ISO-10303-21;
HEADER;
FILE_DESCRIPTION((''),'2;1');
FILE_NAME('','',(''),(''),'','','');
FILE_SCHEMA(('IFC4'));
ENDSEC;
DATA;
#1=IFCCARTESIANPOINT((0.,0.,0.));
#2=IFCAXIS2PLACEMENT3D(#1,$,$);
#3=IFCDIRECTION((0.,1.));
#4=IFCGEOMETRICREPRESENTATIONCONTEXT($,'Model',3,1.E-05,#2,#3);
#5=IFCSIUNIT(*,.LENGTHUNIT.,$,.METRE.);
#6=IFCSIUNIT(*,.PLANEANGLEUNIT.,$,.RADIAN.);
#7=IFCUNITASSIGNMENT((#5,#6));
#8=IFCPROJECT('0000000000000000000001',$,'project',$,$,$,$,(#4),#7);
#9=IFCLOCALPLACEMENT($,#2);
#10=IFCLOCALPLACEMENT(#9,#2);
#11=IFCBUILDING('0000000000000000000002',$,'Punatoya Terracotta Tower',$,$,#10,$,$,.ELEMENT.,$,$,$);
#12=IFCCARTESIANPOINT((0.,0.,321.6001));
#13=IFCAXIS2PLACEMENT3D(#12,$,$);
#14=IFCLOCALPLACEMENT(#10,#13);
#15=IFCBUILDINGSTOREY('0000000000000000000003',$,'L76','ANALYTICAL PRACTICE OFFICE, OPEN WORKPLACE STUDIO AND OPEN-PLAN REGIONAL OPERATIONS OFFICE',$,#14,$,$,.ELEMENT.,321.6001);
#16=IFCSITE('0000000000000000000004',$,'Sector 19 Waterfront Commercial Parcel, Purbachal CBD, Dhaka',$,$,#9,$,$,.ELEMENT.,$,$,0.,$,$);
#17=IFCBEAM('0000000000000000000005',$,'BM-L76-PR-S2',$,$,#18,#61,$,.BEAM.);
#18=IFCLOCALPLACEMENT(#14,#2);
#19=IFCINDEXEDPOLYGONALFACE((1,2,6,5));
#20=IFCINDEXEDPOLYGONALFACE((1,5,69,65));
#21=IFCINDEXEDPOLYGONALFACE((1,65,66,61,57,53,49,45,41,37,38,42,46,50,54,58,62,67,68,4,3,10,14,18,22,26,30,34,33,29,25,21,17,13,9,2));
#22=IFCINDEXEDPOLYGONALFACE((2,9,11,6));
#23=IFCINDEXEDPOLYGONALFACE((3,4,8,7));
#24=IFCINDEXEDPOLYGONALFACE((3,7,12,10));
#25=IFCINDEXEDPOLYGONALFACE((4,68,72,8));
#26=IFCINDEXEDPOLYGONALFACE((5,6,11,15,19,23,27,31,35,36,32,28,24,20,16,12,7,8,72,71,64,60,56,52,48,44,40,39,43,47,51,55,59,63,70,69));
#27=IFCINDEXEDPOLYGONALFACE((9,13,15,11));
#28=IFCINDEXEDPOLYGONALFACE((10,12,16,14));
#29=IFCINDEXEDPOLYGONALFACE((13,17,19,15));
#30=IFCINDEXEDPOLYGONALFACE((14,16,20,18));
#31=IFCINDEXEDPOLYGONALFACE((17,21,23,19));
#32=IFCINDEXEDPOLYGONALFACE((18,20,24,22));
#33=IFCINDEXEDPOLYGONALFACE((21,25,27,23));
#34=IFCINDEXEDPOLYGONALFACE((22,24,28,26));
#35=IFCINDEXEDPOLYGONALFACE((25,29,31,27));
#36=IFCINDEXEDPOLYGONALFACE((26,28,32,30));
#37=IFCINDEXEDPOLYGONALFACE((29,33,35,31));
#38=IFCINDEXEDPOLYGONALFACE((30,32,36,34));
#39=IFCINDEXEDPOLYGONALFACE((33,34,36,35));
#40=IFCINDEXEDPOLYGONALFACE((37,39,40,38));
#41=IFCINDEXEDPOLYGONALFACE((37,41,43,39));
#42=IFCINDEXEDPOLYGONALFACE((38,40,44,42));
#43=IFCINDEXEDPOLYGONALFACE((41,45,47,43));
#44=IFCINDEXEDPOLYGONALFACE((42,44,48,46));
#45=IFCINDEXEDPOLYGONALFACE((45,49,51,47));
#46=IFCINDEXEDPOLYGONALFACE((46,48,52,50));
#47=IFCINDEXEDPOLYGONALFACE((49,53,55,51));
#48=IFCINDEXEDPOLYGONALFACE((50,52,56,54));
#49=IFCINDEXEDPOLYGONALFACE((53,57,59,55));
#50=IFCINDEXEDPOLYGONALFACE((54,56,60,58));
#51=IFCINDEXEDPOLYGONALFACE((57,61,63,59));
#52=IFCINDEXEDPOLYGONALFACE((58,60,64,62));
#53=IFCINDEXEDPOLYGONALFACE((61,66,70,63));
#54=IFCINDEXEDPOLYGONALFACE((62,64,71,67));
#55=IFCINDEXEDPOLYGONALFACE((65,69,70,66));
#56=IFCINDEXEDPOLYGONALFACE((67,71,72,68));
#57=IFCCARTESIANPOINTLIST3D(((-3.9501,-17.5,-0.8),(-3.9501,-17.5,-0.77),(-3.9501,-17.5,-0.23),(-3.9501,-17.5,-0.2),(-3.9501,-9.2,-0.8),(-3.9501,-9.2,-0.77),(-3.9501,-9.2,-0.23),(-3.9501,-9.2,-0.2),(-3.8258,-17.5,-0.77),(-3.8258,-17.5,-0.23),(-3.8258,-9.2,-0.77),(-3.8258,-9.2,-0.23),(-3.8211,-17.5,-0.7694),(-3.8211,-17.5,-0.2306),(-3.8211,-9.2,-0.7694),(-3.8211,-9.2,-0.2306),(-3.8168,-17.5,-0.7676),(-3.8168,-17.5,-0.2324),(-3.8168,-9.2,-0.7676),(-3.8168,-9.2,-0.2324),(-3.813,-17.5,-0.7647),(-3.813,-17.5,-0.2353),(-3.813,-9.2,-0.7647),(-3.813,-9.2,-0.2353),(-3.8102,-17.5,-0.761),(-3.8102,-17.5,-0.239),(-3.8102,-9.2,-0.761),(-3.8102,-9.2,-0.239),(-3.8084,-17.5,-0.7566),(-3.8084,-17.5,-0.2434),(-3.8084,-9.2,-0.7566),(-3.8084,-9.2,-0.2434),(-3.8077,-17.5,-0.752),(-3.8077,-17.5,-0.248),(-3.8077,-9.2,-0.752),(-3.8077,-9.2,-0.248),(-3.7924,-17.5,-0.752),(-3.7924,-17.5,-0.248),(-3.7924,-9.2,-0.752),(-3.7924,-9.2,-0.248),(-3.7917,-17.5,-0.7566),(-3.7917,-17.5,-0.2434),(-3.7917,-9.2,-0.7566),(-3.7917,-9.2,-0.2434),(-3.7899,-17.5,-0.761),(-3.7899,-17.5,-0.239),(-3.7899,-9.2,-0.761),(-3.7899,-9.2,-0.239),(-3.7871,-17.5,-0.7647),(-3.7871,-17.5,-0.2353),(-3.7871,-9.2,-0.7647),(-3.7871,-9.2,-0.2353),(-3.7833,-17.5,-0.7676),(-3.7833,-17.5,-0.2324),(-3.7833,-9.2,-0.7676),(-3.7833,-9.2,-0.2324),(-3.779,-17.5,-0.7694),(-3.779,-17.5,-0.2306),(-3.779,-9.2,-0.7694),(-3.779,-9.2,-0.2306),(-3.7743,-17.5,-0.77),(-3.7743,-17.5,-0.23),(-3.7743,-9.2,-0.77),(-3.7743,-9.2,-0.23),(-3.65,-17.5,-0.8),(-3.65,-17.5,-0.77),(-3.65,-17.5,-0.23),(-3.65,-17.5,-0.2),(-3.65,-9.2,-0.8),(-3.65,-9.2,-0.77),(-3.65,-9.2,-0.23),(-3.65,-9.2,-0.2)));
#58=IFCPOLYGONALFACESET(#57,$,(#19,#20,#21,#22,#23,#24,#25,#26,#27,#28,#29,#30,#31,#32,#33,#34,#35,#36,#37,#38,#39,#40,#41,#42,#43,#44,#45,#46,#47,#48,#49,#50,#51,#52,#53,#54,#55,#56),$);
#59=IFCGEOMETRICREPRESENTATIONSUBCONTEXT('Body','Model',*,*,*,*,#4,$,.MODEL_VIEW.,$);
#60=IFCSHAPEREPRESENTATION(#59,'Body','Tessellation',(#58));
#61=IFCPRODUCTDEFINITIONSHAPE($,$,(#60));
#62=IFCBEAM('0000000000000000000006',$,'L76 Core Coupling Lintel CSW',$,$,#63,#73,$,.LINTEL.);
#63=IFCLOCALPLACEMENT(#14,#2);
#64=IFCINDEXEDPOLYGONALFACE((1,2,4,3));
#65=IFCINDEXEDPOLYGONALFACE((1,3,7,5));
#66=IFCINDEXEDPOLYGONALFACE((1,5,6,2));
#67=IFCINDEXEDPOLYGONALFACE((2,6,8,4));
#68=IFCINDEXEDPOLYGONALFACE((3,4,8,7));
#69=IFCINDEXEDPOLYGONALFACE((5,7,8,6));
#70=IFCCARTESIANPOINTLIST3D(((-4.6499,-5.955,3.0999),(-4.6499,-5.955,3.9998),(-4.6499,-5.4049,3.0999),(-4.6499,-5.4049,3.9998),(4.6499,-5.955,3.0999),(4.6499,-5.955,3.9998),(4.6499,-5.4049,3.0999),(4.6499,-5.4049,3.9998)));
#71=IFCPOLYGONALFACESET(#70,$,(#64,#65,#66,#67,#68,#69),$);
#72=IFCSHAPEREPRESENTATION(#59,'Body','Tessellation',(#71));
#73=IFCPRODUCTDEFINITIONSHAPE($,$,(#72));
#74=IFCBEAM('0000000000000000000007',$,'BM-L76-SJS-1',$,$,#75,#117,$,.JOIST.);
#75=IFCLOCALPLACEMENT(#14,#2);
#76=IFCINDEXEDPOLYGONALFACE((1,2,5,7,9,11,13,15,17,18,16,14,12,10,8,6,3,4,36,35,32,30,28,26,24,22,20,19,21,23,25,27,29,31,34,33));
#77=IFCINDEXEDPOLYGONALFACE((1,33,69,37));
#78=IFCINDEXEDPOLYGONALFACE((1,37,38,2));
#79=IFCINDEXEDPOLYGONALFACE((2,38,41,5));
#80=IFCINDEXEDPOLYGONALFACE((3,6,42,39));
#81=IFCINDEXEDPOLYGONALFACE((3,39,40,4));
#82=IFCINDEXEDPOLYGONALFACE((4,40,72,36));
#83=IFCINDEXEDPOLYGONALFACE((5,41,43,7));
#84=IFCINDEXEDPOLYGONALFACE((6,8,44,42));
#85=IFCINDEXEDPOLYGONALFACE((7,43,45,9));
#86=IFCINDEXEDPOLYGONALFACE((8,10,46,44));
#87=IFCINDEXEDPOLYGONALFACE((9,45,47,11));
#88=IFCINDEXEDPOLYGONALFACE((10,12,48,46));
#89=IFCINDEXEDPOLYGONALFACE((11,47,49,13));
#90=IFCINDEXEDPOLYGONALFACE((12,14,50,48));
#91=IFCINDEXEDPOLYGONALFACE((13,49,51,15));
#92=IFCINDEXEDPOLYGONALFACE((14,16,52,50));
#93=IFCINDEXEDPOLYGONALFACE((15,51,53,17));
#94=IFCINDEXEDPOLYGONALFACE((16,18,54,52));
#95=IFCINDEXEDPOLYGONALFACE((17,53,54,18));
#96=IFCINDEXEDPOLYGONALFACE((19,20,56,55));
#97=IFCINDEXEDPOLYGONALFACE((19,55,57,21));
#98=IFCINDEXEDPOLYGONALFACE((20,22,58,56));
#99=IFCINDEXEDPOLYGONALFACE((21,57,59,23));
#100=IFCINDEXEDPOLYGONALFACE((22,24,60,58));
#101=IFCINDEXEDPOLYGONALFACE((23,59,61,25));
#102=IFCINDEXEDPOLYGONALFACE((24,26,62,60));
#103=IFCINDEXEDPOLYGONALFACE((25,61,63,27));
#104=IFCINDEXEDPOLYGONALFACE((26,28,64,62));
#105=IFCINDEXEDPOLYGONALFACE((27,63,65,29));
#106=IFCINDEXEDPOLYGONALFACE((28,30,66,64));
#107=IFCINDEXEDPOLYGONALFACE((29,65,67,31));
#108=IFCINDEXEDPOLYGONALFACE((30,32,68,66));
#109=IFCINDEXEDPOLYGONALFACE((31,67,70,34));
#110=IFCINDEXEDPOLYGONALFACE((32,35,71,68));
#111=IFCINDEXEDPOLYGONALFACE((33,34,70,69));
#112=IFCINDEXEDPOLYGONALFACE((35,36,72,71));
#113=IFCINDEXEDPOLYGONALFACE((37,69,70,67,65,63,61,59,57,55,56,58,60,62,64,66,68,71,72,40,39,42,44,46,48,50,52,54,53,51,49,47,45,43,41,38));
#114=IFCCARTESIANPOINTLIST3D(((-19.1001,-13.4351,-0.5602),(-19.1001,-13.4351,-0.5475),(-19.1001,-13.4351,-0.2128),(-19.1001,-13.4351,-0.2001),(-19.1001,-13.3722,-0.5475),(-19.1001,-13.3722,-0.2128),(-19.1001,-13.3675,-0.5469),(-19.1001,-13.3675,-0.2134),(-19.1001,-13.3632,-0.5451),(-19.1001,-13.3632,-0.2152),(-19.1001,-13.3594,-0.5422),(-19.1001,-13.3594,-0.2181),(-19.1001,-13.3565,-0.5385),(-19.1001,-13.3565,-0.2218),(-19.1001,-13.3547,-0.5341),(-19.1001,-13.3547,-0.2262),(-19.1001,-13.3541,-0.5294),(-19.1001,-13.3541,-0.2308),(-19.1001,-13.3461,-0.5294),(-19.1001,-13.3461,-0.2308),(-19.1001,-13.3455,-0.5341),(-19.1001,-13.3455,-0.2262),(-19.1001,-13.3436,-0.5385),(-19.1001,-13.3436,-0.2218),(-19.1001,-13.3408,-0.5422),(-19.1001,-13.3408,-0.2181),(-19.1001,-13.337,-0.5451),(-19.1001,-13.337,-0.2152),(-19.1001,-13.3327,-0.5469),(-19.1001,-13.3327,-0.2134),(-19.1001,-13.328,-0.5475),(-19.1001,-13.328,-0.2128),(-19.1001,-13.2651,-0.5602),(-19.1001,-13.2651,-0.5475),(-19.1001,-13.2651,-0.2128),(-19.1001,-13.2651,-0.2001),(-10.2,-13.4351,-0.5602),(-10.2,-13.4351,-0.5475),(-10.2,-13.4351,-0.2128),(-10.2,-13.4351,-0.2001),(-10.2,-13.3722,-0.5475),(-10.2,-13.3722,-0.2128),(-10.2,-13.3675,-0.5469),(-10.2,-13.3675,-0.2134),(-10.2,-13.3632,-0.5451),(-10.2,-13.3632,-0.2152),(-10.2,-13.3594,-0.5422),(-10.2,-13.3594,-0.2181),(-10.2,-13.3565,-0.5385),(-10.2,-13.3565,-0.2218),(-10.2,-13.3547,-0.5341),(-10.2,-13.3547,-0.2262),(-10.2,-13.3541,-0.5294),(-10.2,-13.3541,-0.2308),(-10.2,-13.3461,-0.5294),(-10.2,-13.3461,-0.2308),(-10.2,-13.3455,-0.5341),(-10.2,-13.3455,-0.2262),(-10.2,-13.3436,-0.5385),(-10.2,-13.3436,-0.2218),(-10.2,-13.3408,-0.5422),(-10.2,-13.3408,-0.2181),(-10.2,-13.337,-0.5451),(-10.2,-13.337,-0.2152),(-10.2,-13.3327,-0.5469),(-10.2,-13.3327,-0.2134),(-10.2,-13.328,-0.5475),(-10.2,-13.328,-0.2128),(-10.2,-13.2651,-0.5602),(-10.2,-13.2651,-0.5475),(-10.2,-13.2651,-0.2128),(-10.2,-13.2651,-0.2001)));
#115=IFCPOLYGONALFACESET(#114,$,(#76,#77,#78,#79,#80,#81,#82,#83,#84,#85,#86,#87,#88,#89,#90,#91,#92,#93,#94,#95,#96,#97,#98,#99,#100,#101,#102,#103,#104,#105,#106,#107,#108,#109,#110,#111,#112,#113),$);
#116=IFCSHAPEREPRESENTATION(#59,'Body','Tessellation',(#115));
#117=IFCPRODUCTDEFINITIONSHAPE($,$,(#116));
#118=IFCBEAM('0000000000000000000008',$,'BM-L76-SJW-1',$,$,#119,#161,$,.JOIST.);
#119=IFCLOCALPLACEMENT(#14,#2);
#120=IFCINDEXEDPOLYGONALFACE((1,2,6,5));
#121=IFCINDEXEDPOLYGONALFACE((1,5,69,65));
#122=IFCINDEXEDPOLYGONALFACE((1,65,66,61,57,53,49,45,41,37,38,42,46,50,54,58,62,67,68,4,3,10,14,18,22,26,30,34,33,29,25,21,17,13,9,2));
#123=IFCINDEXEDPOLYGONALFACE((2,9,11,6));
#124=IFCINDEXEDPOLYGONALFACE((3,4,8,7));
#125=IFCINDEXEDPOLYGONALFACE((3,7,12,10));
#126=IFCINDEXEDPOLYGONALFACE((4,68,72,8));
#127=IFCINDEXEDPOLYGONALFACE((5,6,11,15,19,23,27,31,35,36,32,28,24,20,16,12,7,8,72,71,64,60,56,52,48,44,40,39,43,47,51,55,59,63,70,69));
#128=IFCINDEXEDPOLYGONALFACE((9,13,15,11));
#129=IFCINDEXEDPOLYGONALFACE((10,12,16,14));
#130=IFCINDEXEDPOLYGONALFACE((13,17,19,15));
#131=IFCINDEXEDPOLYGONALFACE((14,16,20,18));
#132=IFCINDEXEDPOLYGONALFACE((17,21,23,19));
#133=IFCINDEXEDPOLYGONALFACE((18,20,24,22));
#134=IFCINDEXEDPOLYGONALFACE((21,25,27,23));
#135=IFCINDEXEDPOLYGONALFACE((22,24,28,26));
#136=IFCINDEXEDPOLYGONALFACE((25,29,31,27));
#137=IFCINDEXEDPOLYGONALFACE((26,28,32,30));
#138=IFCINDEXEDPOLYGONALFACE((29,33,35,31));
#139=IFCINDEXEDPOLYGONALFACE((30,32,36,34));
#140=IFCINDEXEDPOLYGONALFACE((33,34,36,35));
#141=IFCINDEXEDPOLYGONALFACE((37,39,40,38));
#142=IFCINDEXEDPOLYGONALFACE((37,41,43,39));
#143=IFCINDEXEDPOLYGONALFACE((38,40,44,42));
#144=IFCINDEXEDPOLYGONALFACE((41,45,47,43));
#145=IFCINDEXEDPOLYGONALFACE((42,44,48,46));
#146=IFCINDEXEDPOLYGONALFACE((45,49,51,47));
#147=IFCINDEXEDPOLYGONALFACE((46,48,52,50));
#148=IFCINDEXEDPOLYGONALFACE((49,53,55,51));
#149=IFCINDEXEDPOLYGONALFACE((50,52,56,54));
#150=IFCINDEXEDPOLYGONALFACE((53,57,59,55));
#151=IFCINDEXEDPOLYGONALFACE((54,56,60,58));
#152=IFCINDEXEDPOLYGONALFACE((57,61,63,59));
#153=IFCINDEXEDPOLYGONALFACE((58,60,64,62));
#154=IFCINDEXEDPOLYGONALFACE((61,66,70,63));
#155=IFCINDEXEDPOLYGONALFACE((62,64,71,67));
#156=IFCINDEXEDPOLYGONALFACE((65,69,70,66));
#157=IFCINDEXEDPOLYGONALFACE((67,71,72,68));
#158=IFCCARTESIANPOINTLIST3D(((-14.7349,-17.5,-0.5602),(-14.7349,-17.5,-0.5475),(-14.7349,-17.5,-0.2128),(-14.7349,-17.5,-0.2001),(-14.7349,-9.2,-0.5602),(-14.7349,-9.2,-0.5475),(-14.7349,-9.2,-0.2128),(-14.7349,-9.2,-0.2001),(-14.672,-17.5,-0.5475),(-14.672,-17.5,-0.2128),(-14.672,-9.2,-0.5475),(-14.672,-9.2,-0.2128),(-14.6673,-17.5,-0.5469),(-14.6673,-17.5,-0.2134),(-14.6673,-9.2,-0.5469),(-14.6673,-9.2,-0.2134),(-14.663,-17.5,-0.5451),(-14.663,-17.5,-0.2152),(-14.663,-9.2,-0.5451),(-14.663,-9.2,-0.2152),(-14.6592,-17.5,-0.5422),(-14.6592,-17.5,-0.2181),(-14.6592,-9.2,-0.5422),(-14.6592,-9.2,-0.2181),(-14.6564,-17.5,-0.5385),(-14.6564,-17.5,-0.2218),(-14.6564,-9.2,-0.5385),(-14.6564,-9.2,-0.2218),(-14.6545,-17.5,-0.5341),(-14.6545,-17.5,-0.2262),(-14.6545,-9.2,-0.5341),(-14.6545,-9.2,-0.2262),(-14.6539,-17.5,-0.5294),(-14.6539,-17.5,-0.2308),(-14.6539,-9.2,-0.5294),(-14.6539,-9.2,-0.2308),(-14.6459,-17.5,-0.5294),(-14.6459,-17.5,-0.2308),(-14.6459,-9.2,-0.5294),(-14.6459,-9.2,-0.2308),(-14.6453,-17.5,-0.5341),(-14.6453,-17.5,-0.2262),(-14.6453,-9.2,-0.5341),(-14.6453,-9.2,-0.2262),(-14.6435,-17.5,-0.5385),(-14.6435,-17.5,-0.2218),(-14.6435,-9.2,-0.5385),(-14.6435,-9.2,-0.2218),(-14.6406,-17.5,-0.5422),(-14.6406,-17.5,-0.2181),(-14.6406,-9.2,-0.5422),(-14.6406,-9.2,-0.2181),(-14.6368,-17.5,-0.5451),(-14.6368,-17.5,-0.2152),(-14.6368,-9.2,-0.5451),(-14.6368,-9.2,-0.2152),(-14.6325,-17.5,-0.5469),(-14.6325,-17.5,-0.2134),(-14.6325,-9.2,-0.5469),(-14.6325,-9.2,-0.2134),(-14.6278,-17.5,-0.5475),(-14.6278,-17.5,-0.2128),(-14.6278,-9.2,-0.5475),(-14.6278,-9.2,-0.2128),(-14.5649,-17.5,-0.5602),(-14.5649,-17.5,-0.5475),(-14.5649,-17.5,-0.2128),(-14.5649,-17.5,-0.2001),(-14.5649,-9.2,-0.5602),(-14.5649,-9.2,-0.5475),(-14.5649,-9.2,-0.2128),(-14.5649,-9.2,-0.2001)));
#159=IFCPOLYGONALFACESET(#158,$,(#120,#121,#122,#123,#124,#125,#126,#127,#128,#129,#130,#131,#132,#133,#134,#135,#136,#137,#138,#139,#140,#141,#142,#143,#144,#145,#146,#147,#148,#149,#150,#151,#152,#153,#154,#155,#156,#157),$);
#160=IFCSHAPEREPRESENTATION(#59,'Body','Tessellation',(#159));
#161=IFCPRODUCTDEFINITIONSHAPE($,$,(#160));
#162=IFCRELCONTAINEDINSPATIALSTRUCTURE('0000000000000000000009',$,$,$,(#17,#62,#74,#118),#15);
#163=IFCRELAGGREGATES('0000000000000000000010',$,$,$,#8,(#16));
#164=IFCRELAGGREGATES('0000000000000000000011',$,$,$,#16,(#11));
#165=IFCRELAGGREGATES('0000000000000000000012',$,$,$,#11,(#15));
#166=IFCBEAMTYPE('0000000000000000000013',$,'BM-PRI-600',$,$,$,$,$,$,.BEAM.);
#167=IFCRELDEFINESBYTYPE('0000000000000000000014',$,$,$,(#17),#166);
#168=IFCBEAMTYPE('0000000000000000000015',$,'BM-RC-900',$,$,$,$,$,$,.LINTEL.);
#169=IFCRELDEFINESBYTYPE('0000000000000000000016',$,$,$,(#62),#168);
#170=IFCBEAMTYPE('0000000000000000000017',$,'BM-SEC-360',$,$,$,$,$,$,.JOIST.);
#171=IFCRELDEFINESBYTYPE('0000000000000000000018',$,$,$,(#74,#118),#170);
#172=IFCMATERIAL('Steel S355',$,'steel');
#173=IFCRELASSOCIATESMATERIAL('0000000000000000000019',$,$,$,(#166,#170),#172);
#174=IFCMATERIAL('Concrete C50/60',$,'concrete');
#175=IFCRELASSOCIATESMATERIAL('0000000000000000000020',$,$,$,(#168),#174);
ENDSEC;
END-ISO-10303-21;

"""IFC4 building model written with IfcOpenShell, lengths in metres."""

from ifc_helpers import new_model, si_unit, direction, frame, origin, origin_2d, place, context, subcontext, project, spatial, rectangle, i_section, extrude, material, material_profile, profile_set, type_object, element, save


model = new_model("IFC4")

# Units and contexts
model_context = context("Model", 3, precision=1e-05, world=origin(), true_north=direction((0.0, 1.0)))
body_context = subcontext(model_context, "Body", "Model", "MODEL_VIEW")
ifc_project = project(units=[si_unit("LENGTHUNIT", "METRE"), si_unit("PLANEANGLEUNIT", "RADIAN")], contexts=[model_context])

# Site, building, storey
site_placement = place(None, origin())
site = spatial("IfcSite", under=ifc_project, at=site_placement, Name="Sector 19 Waterfront Commercial Parcel, Purbachal CBD, Dhaka", CompositionType="ELEMENT", RefElevation=0.0)
building_placement = place(site_placement, origin())
building = spatial("IfcBuilding", under=site, at=building_placement, Name="Punatoya Terracotta Tower", CompositionType="ELEMENT")
storey_placement = place(building_placement, frame((0.0, 0.0, 321.6001)))
storey = spatial("IfcBuildingStorey", under=building, at=storey_placement, Name="L76", Description="ANALYTICAL PRACTICE OFFICE, OPEN WORKPLACE STUDIO AND OPEN-PLAN REGIONAL OPERATIONS OFFICE", CompositionType="ELEMENT", Elevation=321.6001)

# Beams
ifc_material_1 = material(Name="Steel S355", Category="steel")
ifc_material_profile_1 = material_profile(ifc_material_1, i_section(OverallWidth=0.3, OverallDepth=0.6001, WebThickness=0.0154, FlangeThickness=0.03, FilletRadius=0.0181, at=origin_2d()))
ifc_profile_set_1 = profile_set([ifc_material_profile_1], Name="Steel S355")
beam_type_1 = type_object("IfcBeamType", Name="BM-PRI-600", PredefinedType="BEAM", material=ifc_profile_set_1)
for number, where, z_axis, x_axis, name in (
    (1, (-3.8, -17.5, -0.5), (0.0, 1.0, 0.0), (-1.0, 0.0, 0.0), "BM-L76-PR-S2"),
):
    element("IfcBeam", number, at=place(storey_placement, frame(where, z_axis=z_axis, x_axis=x_axis)), inside=storey, type_object=beam_type_1, Name=name, PredefinedType="BEAM", context=body_context, shape_type="SweptSolid", body=[
        extrude(i_section(OverallWidth=0.3, OverallDepth=0.6001, WebThickness=0.0154, FlangeThickness=0.03, FilletRadius=0.0181, at=origin_2d()), origin(), (0.0, 0.0, 1.0), 8.3),
    ])
ifc_material_2 = material(Name="Concrete C50/60", Category="concrete")
ifc_material_profile_2 = material_profile(ifc_material_2, rectangle(XDim=0.55, YDim=0.8999, at=origin_2d()))
ifc_profile_set_2 = profile_set([ifc_material_profile_2], Name="Concrete C50/60")
beam_type_2 = type_object("IfcBeamType", Name="BM-RC-900", PredefinedType="LINTEL", material=ifc_profile_set_2)
beam_1_placement = place(storey_placement, frame((-4.6499, -5.6799, 3.5498), z_axis=(1.0, 0.0, 0.0), x_axis=(0.0, 1.0, 0.0)))
element("IfcBeam", 2, at=beam_1_placement, inside=storey, type_object=beam_type_2, Name="L76 Core Coupling Lintel CSW", PredefinedType="LINTEL", context=body_context, shape_type="SweptSolid", body=[
    extrude(rectangle(XDim=0.55, YDim=0.8999, at=origin_2d()), origin(), (0.0, 0.0, 1.0), 9.2998),
])
ifc_material_profile_3 = material_profile(ifc_material_1, i_section(OverallWidth=0.1699, OverallDepth=0.3601, WebThickness=0.0081, FlangeThickness=0.0127, FilletRadius=0.0181, at=origin_2d()))
ifc_profile_set_3 = profile_set([ifc_material_profile_3], Name="Steel S355")
beam_type_3 = type_object("IfcBeamType", Name="BM-SEC-360", PredefinedType="JOIST", material=ifc_profile_set_3)
beam_2_placement = place(storey_placement, frame((-19.1001, -13.3501, -0.3801), z_axis=(1.0, 0.0, 0.0), x_axis=(0.0, 1.0, 0.0)))
element("IfcBeam", 3, at=beam_2_placement, inside=storey, type_object=beam_type_3, Name="BM-L76-SJS-1", PredefinedType="JOIST", context=body_context, shape_type="SweptSolid", body=[
    extrude(i_section(OverallWidth=0.1699, OverallDepth=0.3601, WebThickness=0.0081, FlangeThickness=0.0127, FilletRadius=0.0181, at=origin_2d()), origin(), (0.0, 0.0, 1.0), 8.9001),
])
beam_3_placement = place(storey_placement, frame((-14.6499, -17.5, -0.3801), z_axis=(0.0, 1.0, 0.0), x_axis=(-1.0, 0.0, 0.0)))
element("IfcBeam", 4, at=beam_3_placement, inside=storey, type_object=beam_type_3, Name="BM-L76-SJW-1", PredefinedType="JOIST", context=body_context, shape_type="SweptSolid", body=[
    extrude(i_section(OverallWidth=0.1699, OverallDepth=0.3601, WebThickness=0.0081, FlangeThickness=0.0127, FilletRadius=0.0181, at=origin_2d()), origin(), (0.0, 0.0, 1.0), 8.3),
])

save(model, "model.ifc")
